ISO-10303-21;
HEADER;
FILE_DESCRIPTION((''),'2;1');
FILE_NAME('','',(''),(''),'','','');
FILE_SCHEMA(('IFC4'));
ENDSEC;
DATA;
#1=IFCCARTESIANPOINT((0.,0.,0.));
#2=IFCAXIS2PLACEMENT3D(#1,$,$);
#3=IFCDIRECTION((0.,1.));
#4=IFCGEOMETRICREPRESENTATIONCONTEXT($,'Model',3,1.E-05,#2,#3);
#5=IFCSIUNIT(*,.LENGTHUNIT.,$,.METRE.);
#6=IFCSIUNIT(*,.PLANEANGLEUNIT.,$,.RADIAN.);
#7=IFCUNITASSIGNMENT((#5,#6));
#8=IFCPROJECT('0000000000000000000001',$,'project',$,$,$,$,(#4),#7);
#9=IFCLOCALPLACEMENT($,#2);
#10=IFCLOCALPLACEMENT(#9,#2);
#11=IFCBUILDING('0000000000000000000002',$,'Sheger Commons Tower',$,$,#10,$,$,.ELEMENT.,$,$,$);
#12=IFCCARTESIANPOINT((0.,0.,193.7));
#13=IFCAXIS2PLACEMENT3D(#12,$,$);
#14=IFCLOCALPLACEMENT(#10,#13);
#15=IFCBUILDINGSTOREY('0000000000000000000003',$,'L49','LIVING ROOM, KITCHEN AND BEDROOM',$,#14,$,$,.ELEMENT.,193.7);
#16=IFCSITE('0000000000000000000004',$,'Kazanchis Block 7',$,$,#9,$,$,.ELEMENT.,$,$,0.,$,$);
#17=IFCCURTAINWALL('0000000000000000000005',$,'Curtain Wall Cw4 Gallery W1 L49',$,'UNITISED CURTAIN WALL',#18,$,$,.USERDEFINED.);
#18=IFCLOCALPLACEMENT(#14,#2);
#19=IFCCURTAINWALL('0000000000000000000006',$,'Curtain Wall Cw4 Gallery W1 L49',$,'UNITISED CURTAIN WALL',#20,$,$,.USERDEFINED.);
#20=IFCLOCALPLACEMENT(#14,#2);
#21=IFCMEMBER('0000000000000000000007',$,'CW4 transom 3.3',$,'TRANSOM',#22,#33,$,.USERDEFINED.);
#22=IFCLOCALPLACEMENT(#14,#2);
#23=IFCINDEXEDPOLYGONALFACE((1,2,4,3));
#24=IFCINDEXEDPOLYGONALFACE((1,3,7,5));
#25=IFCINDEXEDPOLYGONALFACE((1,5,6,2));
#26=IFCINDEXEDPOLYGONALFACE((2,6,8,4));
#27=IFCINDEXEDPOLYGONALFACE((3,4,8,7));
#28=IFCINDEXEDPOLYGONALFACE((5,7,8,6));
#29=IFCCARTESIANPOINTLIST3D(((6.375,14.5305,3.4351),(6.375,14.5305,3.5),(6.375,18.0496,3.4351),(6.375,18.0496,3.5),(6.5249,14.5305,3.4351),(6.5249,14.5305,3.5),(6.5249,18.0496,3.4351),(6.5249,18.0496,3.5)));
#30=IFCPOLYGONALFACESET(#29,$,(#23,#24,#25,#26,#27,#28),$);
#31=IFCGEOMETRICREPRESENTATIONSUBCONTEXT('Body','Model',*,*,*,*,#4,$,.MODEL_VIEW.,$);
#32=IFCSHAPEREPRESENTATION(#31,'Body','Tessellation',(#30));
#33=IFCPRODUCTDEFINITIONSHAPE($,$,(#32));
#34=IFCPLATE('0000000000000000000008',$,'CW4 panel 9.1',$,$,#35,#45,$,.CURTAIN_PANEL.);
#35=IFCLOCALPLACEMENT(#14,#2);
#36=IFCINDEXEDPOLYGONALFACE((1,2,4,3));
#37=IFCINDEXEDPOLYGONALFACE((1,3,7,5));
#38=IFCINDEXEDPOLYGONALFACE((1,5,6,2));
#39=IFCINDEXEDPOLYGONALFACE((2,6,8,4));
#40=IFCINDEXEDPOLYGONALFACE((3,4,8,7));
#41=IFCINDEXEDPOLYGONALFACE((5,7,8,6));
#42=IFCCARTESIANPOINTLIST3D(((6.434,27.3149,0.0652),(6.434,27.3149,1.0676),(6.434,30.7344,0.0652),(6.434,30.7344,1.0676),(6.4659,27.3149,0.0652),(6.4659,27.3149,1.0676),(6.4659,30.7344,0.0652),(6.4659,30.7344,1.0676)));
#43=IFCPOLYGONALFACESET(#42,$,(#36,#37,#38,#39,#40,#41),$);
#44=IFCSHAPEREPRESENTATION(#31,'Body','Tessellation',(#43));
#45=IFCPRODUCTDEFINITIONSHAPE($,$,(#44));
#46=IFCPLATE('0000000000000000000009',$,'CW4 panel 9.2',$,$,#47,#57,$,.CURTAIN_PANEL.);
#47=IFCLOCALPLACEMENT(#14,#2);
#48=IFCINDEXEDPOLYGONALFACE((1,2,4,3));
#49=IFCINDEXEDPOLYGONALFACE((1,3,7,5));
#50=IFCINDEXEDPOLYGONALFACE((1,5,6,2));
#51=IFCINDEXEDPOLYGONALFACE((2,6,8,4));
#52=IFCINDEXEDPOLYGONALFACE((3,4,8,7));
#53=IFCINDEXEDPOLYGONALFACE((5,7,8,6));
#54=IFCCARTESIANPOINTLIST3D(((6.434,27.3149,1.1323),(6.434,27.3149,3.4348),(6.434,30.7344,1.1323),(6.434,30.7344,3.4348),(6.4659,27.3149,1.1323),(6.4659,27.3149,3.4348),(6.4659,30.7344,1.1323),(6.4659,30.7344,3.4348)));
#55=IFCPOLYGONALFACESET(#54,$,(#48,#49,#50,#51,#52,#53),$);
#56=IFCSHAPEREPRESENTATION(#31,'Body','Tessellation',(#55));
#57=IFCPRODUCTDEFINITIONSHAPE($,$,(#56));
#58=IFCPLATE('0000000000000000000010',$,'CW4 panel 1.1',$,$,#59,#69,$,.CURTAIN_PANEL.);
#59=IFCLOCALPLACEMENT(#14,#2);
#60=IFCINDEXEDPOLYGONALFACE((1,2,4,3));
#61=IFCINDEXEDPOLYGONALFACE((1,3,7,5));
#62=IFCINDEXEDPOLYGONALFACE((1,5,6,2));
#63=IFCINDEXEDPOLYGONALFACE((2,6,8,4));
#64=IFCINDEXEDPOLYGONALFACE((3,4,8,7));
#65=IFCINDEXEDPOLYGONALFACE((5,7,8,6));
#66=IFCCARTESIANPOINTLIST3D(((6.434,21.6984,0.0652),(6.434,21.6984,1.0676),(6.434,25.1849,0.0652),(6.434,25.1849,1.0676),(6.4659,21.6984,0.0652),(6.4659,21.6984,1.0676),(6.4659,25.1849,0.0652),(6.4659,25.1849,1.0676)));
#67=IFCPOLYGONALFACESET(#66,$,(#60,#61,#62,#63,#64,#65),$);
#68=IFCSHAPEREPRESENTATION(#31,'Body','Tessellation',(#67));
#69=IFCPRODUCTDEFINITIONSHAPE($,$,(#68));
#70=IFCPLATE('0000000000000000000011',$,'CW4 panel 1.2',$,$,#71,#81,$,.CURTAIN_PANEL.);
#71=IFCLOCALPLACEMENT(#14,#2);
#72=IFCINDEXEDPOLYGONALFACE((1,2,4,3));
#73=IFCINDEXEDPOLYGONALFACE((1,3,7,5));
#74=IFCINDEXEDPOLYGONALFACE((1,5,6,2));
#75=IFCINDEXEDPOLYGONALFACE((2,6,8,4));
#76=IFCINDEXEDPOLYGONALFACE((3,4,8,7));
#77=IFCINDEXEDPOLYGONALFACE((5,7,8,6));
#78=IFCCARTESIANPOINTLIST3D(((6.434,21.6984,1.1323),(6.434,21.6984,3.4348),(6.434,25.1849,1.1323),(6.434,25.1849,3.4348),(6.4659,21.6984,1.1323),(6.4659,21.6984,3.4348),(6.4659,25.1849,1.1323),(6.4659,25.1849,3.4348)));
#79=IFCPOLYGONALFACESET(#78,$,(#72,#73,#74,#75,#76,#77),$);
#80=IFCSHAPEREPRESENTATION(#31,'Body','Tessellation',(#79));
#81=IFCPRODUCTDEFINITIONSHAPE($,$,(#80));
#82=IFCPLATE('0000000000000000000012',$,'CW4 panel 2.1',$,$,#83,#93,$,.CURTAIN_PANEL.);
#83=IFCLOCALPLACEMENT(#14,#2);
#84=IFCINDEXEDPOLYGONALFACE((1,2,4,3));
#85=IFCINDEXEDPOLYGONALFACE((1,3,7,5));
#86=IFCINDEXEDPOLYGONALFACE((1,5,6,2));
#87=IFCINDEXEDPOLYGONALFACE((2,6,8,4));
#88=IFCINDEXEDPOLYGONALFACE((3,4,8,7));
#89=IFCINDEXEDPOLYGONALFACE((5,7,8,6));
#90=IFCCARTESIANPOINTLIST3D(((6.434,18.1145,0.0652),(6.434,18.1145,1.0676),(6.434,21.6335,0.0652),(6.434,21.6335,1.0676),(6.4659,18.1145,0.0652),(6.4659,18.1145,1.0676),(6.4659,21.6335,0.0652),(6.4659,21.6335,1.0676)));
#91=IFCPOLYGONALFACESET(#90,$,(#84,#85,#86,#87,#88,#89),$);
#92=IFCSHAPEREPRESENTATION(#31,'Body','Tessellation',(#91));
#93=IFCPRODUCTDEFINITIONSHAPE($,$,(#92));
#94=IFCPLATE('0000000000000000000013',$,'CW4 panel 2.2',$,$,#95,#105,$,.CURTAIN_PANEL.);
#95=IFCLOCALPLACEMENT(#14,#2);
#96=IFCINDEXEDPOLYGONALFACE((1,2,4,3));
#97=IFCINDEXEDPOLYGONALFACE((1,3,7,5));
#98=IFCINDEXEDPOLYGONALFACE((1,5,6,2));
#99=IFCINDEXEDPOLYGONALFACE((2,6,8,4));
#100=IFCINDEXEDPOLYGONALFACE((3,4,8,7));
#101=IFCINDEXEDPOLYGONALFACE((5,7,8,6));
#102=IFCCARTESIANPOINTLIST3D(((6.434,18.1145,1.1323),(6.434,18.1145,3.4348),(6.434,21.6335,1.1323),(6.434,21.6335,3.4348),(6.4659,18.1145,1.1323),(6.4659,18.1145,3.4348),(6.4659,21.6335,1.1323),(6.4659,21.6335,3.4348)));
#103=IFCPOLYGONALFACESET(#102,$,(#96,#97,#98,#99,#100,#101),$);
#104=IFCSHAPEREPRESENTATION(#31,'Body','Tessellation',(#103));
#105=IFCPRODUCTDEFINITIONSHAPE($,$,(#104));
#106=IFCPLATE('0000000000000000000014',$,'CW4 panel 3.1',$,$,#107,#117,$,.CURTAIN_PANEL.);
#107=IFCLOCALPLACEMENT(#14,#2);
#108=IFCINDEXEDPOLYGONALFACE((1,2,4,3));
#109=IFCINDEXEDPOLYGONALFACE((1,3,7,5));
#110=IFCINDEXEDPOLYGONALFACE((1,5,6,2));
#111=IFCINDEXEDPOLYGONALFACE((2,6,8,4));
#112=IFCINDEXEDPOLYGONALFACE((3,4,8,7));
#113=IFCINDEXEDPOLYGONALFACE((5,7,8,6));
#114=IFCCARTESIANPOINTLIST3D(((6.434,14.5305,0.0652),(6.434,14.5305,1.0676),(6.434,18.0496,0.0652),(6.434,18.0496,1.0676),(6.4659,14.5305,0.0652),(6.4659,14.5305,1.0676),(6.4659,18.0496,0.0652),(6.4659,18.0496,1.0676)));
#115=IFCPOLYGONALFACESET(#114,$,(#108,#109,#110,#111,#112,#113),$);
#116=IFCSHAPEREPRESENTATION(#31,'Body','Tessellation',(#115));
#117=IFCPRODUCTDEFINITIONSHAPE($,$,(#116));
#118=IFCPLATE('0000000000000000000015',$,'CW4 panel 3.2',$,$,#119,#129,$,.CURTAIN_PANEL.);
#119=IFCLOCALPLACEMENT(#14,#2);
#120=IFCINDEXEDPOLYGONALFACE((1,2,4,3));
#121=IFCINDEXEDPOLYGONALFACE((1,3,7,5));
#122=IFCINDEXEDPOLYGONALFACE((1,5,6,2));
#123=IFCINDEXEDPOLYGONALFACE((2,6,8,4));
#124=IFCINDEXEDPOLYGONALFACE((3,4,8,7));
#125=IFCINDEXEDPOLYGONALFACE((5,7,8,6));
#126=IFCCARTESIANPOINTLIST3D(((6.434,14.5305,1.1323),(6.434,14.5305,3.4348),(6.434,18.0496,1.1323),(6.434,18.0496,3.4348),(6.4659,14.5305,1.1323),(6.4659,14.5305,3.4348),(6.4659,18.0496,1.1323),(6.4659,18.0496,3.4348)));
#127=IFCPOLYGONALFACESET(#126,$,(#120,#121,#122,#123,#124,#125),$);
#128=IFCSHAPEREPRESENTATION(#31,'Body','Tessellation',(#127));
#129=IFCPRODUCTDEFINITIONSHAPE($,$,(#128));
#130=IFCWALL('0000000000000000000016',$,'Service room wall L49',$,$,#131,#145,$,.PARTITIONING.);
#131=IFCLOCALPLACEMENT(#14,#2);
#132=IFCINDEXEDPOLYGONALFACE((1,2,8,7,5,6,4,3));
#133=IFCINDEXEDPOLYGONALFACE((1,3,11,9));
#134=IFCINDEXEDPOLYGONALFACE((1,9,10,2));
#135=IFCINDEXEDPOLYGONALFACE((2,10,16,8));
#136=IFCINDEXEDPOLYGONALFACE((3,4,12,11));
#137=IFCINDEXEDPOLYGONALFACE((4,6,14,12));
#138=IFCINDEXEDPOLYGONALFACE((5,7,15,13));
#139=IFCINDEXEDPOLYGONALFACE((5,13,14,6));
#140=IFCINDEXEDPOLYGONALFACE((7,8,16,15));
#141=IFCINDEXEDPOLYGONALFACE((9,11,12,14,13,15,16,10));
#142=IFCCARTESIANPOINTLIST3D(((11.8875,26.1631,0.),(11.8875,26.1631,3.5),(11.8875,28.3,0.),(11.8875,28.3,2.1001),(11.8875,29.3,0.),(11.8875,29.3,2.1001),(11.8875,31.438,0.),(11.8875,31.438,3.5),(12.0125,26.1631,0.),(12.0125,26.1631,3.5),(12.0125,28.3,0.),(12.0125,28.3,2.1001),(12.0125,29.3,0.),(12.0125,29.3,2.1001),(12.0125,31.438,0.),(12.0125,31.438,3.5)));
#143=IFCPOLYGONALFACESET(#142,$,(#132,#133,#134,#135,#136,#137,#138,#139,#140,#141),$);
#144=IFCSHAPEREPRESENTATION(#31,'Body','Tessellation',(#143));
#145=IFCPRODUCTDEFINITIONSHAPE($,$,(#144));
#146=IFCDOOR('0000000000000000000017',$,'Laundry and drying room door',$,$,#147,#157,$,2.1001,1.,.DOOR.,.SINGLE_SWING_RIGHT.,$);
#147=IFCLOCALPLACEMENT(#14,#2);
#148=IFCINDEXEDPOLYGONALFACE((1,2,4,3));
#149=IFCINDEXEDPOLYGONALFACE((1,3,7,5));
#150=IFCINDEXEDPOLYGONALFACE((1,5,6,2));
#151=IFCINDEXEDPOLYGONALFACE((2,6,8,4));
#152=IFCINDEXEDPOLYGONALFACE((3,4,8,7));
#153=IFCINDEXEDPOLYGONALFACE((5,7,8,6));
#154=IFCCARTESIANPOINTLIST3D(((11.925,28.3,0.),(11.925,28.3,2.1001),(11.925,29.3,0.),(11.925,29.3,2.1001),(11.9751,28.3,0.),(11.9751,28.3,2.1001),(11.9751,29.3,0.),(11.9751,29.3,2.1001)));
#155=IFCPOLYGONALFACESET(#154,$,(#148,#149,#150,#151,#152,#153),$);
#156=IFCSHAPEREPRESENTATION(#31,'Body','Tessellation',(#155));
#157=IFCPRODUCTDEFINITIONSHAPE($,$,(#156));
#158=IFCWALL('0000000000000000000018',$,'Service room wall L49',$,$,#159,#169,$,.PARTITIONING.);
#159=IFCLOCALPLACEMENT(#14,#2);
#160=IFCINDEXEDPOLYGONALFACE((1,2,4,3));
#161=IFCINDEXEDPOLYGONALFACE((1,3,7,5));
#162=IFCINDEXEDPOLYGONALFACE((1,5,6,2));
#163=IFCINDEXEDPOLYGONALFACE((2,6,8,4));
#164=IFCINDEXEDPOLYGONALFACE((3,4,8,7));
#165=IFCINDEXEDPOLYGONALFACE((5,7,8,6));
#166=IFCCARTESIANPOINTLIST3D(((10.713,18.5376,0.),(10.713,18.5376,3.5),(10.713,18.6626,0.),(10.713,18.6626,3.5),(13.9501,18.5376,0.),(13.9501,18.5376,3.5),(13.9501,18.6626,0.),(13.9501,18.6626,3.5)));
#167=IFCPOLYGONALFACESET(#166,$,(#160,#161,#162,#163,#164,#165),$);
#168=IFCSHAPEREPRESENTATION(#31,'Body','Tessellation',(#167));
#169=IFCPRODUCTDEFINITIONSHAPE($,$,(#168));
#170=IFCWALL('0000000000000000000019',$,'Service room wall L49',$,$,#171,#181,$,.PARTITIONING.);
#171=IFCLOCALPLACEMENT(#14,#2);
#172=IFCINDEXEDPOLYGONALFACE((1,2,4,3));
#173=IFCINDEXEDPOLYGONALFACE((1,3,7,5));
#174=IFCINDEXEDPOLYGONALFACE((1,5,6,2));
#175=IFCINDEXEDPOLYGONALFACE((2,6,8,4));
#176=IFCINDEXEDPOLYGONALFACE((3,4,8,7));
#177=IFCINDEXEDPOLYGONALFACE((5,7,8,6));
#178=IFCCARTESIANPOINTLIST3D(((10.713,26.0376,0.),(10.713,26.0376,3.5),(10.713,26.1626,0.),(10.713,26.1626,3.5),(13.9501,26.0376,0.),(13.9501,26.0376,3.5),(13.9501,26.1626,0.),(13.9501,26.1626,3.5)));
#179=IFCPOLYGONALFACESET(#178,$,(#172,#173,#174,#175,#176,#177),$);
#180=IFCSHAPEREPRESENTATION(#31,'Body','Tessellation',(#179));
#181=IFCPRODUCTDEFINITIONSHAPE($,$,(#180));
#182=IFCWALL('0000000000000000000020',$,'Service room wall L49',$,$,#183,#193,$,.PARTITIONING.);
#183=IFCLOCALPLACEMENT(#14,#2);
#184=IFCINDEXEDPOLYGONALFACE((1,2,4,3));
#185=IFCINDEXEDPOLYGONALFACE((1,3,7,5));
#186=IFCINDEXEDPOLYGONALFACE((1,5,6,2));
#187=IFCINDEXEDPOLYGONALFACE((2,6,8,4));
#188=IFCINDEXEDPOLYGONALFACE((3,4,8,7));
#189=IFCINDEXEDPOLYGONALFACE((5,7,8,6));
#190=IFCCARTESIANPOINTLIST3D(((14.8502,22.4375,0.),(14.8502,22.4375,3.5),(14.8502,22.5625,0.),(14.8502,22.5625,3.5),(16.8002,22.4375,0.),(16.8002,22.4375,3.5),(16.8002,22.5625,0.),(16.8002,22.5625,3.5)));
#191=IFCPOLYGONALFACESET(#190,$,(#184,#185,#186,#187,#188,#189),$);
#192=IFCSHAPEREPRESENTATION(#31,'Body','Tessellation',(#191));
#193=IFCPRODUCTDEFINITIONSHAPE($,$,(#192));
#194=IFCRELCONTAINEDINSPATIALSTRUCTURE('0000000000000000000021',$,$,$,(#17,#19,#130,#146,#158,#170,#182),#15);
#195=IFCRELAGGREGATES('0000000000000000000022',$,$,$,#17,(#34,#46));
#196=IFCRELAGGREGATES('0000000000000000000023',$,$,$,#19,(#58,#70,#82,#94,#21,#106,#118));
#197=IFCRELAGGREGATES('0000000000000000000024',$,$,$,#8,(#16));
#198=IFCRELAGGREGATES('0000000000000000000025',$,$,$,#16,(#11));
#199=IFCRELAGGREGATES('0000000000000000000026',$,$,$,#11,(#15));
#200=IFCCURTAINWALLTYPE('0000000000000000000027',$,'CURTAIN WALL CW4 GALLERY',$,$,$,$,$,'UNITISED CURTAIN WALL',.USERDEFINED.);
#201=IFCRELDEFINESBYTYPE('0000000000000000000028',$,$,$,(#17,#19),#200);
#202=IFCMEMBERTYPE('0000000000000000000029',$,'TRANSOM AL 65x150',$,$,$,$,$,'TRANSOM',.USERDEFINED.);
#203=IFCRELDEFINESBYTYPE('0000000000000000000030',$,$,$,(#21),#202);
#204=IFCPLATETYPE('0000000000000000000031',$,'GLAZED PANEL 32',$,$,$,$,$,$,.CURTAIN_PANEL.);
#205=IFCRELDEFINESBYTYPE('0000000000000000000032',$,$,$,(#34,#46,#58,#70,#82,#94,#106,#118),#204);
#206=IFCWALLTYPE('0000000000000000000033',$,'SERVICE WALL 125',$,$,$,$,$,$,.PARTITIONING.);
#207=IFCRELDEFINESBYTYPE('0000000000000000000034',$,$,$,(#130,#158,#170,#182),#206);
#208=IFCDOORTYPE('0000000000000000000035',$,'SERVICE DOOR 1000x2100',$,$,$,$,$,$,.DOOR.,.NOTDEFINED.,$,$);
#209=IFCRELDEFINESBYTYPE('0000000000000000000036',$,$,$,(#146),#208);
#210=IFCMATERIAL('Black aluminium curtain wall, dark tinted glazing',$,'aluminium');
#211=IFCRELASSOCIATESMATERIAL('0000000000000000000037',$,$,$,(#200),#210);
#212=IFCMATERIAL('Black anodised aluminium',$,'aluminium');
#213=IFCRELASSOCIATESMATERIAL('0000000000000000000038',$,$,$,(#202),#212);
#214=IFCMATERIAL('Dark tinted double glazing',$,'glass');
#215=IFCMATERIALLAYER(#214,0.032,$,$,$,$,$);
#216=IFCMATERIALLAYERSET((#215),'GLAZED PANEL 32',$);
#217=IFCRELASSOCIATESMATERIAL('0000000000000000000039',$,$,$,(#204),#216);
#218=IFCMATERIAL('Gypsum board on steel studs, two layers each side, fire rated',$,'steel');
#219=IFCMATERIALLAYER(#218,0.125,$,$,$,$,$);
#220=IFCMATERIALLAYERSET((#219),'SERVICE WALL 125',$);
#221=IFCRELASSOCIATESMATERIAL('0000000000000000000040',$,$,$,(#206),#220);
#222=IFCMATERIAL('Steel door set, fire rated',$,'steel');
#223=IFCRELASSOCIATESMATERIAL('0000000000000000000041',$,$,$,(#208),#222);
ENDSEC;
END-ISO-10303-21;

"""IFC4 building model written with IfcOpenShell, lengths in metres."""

from ifc_helpers import new_model, si_unit, direction, frame, frame_2d, origin, origin_2d, place, context, subcontext, project, spatial, rectangle, extrude, material, layer, layer_set, material_profile, profile_set, type_object, element, fill, aggregate, save


model = new_model("IFC4")

# Units and contexts
model_context = context("Model", 3, precision=1e-05, world=origin(), true_north=direction((0.0, 1.0)))
body_context = subcontext(model_context, "Body", "Model", "MODEL_VIEW")
ifc_project = project(units=[si_unit("LENGTHUNIT", "METRE"), si_unit("PLANEANGLEUNIT", "RADIAN")], contexts=[model_context])

# Site, building, storey
site_placement = place(None, origin())
site = spatial("IfcSite", under=ifc_project, at=site_placement, Name="Kazanchis Block 7", CompositionType="ELEMENT", RefElevation=0.0)
building_placement = place(site_placement, origin())
building = spatial("IfcBuilding", under=site, at=building_placement, Name="Sheger Commons Tower", CompositionType="ELEMENT")
storey_placement = place(building_placement, frame((0.0, 0.0, 193.7)))
storey = spatial("IfcBuildingStorey", under=building, at=storey_placement, Name="L49", Description="LIVING ROOM, KITCHEN AND BEDROOM", CompositionType="ELEMENT", Elevation=193.7)

# Curtain wall
ifc_material_1 = material(Name="Black aluminium curtain wall, dark tinted glazing", Category="aluminium")
curtain_wall_type = type_object("IfcCurtainWallType", Name="CURTAIN WALL CW4 GALLERY", ElementType="UNITISED CURTAIN WALL", PredefinedType="USERDEFINED", material=ifc_material_1)
curtain_wall_1_placement = place(storey_placement, origin())
curtain_wall_1 = element("IfcCurtainWall", 1, at=curtain_wall_1_placement, inside=storey, type_object=curtain_wall_type, Name="Curtain Wall Cw4 Gallery W1 L49", ObjectType="UNITISED CURTAIN WALL", PredefinedType="USERDEFINED")

# Curtain wall
curtain_wall_2_placement = place(storey_placement, origin())
curtain_wall_2 = element("IfcCurtainWall", 2, at=curtain_wall_2_placement, inside=storey, type_object=curtain_wall_type, Name="Curtain Wall Cw4 Gallery W1 L49", ObjectType="UNITISED CURTAIN WALL", PredefinedType="USERDEFINED")

# Member
ifc_material_2 = material(Name="Black anodised aluminium", Category="aluminium")
ifc_material_profile_1 = material_profile(ifc_material_2, rectangle(XDim=0.1499, YDim=0.0649, at=origin_2d()), Name="AL 65x150")
ifc_profile_set_1 = profile_set([ifc_material_profile_1], Name="Black anodised aluminium")
member_type_1 = type_object("IfcMemberType", Name="TRANSOM AL 65x150", ElementType="TRANSOM", PredefinedType="USERDEFINED", material=ifc_profile_set_1)
member_1_placement = place(storey_placement, frame((6.45, 18.0496, 3.4675), z_axis=(0.0, -1.0, 0.0), x_axis=(1.0, 0.0, 0.0)))
member_1 = element("IfcMember", 3, at=member_1_placement, type_object=member_type_1, Name="CW4 transom 3.3", ObjectType="TRANSOM", PredefinedType="USERDEFINED", context=body_context, shape_type="SweptSolid", body=[
    extrude(rectangle(XDim=0.1499, YDim=0.0649, at=origin_2d()), origin(), (0.0, 0.0, 1.0), 3.519),
])

# Plates
ifc_material_3 = material(Name="Dark tinted double glazing", Category="glass")
ifc_layer_1 = layer(ifc_material_3, 0.032)
ifc_layer_set_1 = layer_set([ifc_layer_1], Name="GLAZED PANEL 32")
plate_type = type_object("IfcPlateType", Name="GLAZED PANEL 32", PredefinedType="CURTAIN_PANEL", material=ifc_layer_set_1)
plate_1_placement = place(storey_placement, frame((6.45, 29.0247, 0.0652), z_axis=(0.0, 0.0, 1.0), x_axis=(0.0, -1.0, 0.0)))
plate_1 = element("IfcPlate", 4, at=plate_1_placement, type_object=plate_type, Name="CW4 panel 9.1", PredefinedType="CURTAIN_PANEL", context=body_context, shape_type="SweptSolid", body=[
    extrude(rectangle(XDim=3.4194, YDim=0.032, at=origin_2d()), origin(), (0.0, 0.0, 1.0), 1.0024),
])
plate_2_placement = place(storey_placement, frame((6.45, 29.0247, 1.1323), z_axis=(0.0, 0.0, 1.0), x_axis=(0.0, -1.0, 0.0)))
plate_2 = element("IfcPlate", 5, at=plate_2_placement, type_object=plate_type, Name="CW4 panel 9.2", PredefinedType="CURTAIN_PANEL", context=body_context, shape_type="SweptSolid", body=[
    extrude(rectangle(XDim=3.4194, YDim=0.032, at=origin_2d()), origin(), (0.0, 0.0, 1.0), 2.3025),
])
aggregate(curtain_wall_1, [plate_1, plate_2])
plate_3_placement = place(storey_placement, frame((6.45, 23.4417, 0.0652), z_axis=(0.0, 0.0, 1.0), x_axis=(0.0, -1.0, 0.0)))
plate_3 = element("IfcPlate", 6, at=plate_3_placement, type_object=plate_type, Name="CW4 panel 1.1", PredefinedType="CURTAIN_PANEL", context=body_context, shape_type="SweptSolid", body=[
    extrude(rectangle(XDim=3.4866, YDim=0.032, at=origin_2d()), origin(), (0.0, 0.0, 1.0), 1.0024),
])
plate_4_placement = place(storey_placement, frame((6.45, 23.4417, 1.1323), z_axis=(0.0, 0.0, 1.0), x_axis=(0.0, -1.0, 0.0)))
plate_4 = element("IfcPlate", 7, at=plate_4_placement, type_object=plate_type, Name="CW4 panel 1.2", PredefinedType="CURTAIN_PANEL", context=body_context, shape_type="SweptSolid", body=[
    extrude(rectangle(XDim=3.4866, YDim=0.032, at=origin_2d()), origin(), (0.0, 0.0, 1.0), 2.3025),
])
plate_5_placement = place(storey_placement, frame((6.45, 19.874, 0.0652), z_axis=(0.0, 0.0, 1.0), x_axis=(0.0, -1.0, 0.0)))
plate_5 = element("IfcPlate", 8, at=plate_5_placement, type_object=plate_type, Name="CW4 panel 2.1", PredefinedType="CURTAIN_PANEL", context=body_context, shape_type="SweptSolid", body=[
    extrude(rectangle(XDim=3.519, YDim=0.032, at=origin_2d()), origin(), (0.0, 0.0, 1.0), 1.0024),
])
plate_6_placement = place(storey_placement, frame((6.45, 19.874, 1.1323), z_axis=(0.0, 0.0, 1.0), x_axis=(0.0, -1.0, 0.0)))
plate_6 = element("IfcPlate", 9, at=plate_6_placement, type_object=plate_type, Name="CW4 panel 2.2", PredefinedType="CURTAIN_PANEL", context=body_context, shape_type="SweptSolid", body=[
    extrude(rectangle(XDim=3.519, YDim=0.032, at=origin_2d()), origin(), (0.0, 0.0, 1.0), 2.3025),
])
plate_7_placement = place(storey_placement, frame((6.45, 16.29, 0.0652), z_axis=(0.0, 0.0, 1.0), x_axis=(0.0, -1.0, 0.0)))
plate_7 = element("IfcPlate", 10, at=plate_7_placement, type_object=plate_type, Name="CW4 panel 3.1", PredefinedType="CURTAIN_PANEL", context=body_context, shape_type="SweptSolid", body=[
    extrude(rectangle(XDim=3.519, YDim=0.032, at=origin_2d()), origin(), (0.0, 0.0, 1.0), 1.0024),
])
plate_8_placement = place(storey_placement, frame((6.45, 16.29, 1.1323), z_axis=(0.0, 0.0, 1.0), x_axis=(0.0, -1.0, 0.0)))
plate_8 = element("IfcPlate", 11, at=plate_8_placement, type_object=plate_type, Name="CW4 panel 3.2", PredefinedType="CURTAIN_PANEL", context=body_context, shape_type="SweptSolid", body=[
    extrude(rectangle(XDim=3.519, YDim=0.032, at=origin_2d()), origin(), (0.0, 0.0, 1.0), 2.3025),
])
aggregate(curtain_wall_2, [plate_3, plate_4, plate_5, plate_6, member_1, plate_7, plate_8])

# Wall, opening, door
ifc_material_4 = material(Name="Gypsum board on steel studs, two layers each side, fire rated", Category="steel")
ifc_layer_2 = layer(ifc_material_4, 0.125)
ifc_layer_set_2 = layer_set([ifc_layer_2], Name="SERVICE WALL 125")
wall_type_1 = type_object("IfcWallType", Name="SERVICE WALL 125", PredefinedType="PARTITIONING", material=ifc_layer_set_2)
wall_1_placement = place(storey_placement, frame((11.95, 26.1631, 0.0), z_axis=(0.0, 0.0, 1.0), x_axis=(0.0, 1.0, 0.0)))
wall_1 = element("IfcWall", 12, at=wall_1_placement, inside=storey, type_object=wall_type_1, Name="Service room wall L49", PredefinedType="PARTITIONING", context=body_context, shape_type="SweptSolid", body=[
    extrude(rectangle(XDim=5.2749, YDim=0.125, at=frame_2d((2.6375, 0.0))), origin(), (0.0, 0.0, 1.0), 3.5),
])
opening_1_placement = place(wall_1_placement, frame((2.137, 0.0, 0.0)))
opening_1 = element("IfcOpeningElement", 13, at=opening_1_placement, cuts=wall_1, PredefinedType="OPENING", context=body_context, shape_type="SweptSolid", body=[
    extrude(rectangle(XDim=1.0, YDim=2.1001, at=frame_2d((0.5, 1.05))), frame((0.0, 0.0725, 0.0), z_axis=(0.0, -1.0, 0.0), x_axis=(1.0, 0.0, 0.0)), (0.0, 0.0, 1.0), 0.145),
])
ifc_material_5 = material(Name="Steel door set, fire rated", Category="steel")
door_type_1 = type_object("IfcDoorType", Name="SERVICE DOOR 1000x2100", OperationType="NOTDEFINED", PredefinedType="DOOR", material=ifc_material_5)
door_1_placement = place(opening_1_placement, origin())
door_1 = element("IfcDoor", 14, at=door_1_placement, inside=storey, type_object=door_type_1, Name="Laundry and drying room door", OperationType="SINGLE_SWING_RIGHT", OverallHeight=2.1001, OverallWidth=1.0, PredefinedType="DOOR", context=body_context, shape_type="SweptSolid", body=[
    extrude(rectangle(XDim=1.0, YDim=2.1001, at=frame_2d((0.5, 1.05))), frame((0.0, 0.0249, 0.0), z_axis=(0.0, -1.0, 0.0), x_axis=(1.0, 0.0, 0.0)), (0.0, 0.0, 1.0), 0.05),
])
fill(opening_1, door_1)

# Walls
for number, where, z_axis, x_axis, name in (
    (15, (10.7129, 18.6001, 0.0), (0.0, 0.0, 1.0), (1.0, 0.0, 0.0), "Service room wall L49"),
    (16, (10.7129, 26.1001, 0.0), (0.0, 0.0, 1.0), (1.0, 0.0, 0.0), "Service room wall L49"),
):
    element("IfcWall", number, at=place(storey_placement, frame(where, z_axis=z_axis, x_axis=x_axis)), inside=storey, type_object=wall_type_1, Name=name, PredefinedType="PARTITIONING", context=body_context, shape_type="SweptSolid", body=[
        extrude(rectangle(XDim=3.2371, YDim=0.125, at=frame_2d((1.6187, 0.0))), origin(), (0.0, 0.0, 1.0), 3.5),
    ])
wall_2_placement = place(storey_placement, frame((14.8501, 22.5, 0.0), z_axis=(0.0, 0.0, 1.0), x_axis=(1.0, 0.0, 0.0)))
element("IfcWall", 17, at=wall_2_placement, inside=storey, type_object=wall_type_1, Name="Service room wall L49", PredefinedType="PARTITIONING", context=body_context, shape_type="SweptSolid", body=[
    extrude(rectangle(XDim=1.95, YDim=0.125, at=frame_2d((0.9751, 0.0))), origin(), (0.0, 0.0, 1.0), 3.5),
])

save(model, "model.ifc")
